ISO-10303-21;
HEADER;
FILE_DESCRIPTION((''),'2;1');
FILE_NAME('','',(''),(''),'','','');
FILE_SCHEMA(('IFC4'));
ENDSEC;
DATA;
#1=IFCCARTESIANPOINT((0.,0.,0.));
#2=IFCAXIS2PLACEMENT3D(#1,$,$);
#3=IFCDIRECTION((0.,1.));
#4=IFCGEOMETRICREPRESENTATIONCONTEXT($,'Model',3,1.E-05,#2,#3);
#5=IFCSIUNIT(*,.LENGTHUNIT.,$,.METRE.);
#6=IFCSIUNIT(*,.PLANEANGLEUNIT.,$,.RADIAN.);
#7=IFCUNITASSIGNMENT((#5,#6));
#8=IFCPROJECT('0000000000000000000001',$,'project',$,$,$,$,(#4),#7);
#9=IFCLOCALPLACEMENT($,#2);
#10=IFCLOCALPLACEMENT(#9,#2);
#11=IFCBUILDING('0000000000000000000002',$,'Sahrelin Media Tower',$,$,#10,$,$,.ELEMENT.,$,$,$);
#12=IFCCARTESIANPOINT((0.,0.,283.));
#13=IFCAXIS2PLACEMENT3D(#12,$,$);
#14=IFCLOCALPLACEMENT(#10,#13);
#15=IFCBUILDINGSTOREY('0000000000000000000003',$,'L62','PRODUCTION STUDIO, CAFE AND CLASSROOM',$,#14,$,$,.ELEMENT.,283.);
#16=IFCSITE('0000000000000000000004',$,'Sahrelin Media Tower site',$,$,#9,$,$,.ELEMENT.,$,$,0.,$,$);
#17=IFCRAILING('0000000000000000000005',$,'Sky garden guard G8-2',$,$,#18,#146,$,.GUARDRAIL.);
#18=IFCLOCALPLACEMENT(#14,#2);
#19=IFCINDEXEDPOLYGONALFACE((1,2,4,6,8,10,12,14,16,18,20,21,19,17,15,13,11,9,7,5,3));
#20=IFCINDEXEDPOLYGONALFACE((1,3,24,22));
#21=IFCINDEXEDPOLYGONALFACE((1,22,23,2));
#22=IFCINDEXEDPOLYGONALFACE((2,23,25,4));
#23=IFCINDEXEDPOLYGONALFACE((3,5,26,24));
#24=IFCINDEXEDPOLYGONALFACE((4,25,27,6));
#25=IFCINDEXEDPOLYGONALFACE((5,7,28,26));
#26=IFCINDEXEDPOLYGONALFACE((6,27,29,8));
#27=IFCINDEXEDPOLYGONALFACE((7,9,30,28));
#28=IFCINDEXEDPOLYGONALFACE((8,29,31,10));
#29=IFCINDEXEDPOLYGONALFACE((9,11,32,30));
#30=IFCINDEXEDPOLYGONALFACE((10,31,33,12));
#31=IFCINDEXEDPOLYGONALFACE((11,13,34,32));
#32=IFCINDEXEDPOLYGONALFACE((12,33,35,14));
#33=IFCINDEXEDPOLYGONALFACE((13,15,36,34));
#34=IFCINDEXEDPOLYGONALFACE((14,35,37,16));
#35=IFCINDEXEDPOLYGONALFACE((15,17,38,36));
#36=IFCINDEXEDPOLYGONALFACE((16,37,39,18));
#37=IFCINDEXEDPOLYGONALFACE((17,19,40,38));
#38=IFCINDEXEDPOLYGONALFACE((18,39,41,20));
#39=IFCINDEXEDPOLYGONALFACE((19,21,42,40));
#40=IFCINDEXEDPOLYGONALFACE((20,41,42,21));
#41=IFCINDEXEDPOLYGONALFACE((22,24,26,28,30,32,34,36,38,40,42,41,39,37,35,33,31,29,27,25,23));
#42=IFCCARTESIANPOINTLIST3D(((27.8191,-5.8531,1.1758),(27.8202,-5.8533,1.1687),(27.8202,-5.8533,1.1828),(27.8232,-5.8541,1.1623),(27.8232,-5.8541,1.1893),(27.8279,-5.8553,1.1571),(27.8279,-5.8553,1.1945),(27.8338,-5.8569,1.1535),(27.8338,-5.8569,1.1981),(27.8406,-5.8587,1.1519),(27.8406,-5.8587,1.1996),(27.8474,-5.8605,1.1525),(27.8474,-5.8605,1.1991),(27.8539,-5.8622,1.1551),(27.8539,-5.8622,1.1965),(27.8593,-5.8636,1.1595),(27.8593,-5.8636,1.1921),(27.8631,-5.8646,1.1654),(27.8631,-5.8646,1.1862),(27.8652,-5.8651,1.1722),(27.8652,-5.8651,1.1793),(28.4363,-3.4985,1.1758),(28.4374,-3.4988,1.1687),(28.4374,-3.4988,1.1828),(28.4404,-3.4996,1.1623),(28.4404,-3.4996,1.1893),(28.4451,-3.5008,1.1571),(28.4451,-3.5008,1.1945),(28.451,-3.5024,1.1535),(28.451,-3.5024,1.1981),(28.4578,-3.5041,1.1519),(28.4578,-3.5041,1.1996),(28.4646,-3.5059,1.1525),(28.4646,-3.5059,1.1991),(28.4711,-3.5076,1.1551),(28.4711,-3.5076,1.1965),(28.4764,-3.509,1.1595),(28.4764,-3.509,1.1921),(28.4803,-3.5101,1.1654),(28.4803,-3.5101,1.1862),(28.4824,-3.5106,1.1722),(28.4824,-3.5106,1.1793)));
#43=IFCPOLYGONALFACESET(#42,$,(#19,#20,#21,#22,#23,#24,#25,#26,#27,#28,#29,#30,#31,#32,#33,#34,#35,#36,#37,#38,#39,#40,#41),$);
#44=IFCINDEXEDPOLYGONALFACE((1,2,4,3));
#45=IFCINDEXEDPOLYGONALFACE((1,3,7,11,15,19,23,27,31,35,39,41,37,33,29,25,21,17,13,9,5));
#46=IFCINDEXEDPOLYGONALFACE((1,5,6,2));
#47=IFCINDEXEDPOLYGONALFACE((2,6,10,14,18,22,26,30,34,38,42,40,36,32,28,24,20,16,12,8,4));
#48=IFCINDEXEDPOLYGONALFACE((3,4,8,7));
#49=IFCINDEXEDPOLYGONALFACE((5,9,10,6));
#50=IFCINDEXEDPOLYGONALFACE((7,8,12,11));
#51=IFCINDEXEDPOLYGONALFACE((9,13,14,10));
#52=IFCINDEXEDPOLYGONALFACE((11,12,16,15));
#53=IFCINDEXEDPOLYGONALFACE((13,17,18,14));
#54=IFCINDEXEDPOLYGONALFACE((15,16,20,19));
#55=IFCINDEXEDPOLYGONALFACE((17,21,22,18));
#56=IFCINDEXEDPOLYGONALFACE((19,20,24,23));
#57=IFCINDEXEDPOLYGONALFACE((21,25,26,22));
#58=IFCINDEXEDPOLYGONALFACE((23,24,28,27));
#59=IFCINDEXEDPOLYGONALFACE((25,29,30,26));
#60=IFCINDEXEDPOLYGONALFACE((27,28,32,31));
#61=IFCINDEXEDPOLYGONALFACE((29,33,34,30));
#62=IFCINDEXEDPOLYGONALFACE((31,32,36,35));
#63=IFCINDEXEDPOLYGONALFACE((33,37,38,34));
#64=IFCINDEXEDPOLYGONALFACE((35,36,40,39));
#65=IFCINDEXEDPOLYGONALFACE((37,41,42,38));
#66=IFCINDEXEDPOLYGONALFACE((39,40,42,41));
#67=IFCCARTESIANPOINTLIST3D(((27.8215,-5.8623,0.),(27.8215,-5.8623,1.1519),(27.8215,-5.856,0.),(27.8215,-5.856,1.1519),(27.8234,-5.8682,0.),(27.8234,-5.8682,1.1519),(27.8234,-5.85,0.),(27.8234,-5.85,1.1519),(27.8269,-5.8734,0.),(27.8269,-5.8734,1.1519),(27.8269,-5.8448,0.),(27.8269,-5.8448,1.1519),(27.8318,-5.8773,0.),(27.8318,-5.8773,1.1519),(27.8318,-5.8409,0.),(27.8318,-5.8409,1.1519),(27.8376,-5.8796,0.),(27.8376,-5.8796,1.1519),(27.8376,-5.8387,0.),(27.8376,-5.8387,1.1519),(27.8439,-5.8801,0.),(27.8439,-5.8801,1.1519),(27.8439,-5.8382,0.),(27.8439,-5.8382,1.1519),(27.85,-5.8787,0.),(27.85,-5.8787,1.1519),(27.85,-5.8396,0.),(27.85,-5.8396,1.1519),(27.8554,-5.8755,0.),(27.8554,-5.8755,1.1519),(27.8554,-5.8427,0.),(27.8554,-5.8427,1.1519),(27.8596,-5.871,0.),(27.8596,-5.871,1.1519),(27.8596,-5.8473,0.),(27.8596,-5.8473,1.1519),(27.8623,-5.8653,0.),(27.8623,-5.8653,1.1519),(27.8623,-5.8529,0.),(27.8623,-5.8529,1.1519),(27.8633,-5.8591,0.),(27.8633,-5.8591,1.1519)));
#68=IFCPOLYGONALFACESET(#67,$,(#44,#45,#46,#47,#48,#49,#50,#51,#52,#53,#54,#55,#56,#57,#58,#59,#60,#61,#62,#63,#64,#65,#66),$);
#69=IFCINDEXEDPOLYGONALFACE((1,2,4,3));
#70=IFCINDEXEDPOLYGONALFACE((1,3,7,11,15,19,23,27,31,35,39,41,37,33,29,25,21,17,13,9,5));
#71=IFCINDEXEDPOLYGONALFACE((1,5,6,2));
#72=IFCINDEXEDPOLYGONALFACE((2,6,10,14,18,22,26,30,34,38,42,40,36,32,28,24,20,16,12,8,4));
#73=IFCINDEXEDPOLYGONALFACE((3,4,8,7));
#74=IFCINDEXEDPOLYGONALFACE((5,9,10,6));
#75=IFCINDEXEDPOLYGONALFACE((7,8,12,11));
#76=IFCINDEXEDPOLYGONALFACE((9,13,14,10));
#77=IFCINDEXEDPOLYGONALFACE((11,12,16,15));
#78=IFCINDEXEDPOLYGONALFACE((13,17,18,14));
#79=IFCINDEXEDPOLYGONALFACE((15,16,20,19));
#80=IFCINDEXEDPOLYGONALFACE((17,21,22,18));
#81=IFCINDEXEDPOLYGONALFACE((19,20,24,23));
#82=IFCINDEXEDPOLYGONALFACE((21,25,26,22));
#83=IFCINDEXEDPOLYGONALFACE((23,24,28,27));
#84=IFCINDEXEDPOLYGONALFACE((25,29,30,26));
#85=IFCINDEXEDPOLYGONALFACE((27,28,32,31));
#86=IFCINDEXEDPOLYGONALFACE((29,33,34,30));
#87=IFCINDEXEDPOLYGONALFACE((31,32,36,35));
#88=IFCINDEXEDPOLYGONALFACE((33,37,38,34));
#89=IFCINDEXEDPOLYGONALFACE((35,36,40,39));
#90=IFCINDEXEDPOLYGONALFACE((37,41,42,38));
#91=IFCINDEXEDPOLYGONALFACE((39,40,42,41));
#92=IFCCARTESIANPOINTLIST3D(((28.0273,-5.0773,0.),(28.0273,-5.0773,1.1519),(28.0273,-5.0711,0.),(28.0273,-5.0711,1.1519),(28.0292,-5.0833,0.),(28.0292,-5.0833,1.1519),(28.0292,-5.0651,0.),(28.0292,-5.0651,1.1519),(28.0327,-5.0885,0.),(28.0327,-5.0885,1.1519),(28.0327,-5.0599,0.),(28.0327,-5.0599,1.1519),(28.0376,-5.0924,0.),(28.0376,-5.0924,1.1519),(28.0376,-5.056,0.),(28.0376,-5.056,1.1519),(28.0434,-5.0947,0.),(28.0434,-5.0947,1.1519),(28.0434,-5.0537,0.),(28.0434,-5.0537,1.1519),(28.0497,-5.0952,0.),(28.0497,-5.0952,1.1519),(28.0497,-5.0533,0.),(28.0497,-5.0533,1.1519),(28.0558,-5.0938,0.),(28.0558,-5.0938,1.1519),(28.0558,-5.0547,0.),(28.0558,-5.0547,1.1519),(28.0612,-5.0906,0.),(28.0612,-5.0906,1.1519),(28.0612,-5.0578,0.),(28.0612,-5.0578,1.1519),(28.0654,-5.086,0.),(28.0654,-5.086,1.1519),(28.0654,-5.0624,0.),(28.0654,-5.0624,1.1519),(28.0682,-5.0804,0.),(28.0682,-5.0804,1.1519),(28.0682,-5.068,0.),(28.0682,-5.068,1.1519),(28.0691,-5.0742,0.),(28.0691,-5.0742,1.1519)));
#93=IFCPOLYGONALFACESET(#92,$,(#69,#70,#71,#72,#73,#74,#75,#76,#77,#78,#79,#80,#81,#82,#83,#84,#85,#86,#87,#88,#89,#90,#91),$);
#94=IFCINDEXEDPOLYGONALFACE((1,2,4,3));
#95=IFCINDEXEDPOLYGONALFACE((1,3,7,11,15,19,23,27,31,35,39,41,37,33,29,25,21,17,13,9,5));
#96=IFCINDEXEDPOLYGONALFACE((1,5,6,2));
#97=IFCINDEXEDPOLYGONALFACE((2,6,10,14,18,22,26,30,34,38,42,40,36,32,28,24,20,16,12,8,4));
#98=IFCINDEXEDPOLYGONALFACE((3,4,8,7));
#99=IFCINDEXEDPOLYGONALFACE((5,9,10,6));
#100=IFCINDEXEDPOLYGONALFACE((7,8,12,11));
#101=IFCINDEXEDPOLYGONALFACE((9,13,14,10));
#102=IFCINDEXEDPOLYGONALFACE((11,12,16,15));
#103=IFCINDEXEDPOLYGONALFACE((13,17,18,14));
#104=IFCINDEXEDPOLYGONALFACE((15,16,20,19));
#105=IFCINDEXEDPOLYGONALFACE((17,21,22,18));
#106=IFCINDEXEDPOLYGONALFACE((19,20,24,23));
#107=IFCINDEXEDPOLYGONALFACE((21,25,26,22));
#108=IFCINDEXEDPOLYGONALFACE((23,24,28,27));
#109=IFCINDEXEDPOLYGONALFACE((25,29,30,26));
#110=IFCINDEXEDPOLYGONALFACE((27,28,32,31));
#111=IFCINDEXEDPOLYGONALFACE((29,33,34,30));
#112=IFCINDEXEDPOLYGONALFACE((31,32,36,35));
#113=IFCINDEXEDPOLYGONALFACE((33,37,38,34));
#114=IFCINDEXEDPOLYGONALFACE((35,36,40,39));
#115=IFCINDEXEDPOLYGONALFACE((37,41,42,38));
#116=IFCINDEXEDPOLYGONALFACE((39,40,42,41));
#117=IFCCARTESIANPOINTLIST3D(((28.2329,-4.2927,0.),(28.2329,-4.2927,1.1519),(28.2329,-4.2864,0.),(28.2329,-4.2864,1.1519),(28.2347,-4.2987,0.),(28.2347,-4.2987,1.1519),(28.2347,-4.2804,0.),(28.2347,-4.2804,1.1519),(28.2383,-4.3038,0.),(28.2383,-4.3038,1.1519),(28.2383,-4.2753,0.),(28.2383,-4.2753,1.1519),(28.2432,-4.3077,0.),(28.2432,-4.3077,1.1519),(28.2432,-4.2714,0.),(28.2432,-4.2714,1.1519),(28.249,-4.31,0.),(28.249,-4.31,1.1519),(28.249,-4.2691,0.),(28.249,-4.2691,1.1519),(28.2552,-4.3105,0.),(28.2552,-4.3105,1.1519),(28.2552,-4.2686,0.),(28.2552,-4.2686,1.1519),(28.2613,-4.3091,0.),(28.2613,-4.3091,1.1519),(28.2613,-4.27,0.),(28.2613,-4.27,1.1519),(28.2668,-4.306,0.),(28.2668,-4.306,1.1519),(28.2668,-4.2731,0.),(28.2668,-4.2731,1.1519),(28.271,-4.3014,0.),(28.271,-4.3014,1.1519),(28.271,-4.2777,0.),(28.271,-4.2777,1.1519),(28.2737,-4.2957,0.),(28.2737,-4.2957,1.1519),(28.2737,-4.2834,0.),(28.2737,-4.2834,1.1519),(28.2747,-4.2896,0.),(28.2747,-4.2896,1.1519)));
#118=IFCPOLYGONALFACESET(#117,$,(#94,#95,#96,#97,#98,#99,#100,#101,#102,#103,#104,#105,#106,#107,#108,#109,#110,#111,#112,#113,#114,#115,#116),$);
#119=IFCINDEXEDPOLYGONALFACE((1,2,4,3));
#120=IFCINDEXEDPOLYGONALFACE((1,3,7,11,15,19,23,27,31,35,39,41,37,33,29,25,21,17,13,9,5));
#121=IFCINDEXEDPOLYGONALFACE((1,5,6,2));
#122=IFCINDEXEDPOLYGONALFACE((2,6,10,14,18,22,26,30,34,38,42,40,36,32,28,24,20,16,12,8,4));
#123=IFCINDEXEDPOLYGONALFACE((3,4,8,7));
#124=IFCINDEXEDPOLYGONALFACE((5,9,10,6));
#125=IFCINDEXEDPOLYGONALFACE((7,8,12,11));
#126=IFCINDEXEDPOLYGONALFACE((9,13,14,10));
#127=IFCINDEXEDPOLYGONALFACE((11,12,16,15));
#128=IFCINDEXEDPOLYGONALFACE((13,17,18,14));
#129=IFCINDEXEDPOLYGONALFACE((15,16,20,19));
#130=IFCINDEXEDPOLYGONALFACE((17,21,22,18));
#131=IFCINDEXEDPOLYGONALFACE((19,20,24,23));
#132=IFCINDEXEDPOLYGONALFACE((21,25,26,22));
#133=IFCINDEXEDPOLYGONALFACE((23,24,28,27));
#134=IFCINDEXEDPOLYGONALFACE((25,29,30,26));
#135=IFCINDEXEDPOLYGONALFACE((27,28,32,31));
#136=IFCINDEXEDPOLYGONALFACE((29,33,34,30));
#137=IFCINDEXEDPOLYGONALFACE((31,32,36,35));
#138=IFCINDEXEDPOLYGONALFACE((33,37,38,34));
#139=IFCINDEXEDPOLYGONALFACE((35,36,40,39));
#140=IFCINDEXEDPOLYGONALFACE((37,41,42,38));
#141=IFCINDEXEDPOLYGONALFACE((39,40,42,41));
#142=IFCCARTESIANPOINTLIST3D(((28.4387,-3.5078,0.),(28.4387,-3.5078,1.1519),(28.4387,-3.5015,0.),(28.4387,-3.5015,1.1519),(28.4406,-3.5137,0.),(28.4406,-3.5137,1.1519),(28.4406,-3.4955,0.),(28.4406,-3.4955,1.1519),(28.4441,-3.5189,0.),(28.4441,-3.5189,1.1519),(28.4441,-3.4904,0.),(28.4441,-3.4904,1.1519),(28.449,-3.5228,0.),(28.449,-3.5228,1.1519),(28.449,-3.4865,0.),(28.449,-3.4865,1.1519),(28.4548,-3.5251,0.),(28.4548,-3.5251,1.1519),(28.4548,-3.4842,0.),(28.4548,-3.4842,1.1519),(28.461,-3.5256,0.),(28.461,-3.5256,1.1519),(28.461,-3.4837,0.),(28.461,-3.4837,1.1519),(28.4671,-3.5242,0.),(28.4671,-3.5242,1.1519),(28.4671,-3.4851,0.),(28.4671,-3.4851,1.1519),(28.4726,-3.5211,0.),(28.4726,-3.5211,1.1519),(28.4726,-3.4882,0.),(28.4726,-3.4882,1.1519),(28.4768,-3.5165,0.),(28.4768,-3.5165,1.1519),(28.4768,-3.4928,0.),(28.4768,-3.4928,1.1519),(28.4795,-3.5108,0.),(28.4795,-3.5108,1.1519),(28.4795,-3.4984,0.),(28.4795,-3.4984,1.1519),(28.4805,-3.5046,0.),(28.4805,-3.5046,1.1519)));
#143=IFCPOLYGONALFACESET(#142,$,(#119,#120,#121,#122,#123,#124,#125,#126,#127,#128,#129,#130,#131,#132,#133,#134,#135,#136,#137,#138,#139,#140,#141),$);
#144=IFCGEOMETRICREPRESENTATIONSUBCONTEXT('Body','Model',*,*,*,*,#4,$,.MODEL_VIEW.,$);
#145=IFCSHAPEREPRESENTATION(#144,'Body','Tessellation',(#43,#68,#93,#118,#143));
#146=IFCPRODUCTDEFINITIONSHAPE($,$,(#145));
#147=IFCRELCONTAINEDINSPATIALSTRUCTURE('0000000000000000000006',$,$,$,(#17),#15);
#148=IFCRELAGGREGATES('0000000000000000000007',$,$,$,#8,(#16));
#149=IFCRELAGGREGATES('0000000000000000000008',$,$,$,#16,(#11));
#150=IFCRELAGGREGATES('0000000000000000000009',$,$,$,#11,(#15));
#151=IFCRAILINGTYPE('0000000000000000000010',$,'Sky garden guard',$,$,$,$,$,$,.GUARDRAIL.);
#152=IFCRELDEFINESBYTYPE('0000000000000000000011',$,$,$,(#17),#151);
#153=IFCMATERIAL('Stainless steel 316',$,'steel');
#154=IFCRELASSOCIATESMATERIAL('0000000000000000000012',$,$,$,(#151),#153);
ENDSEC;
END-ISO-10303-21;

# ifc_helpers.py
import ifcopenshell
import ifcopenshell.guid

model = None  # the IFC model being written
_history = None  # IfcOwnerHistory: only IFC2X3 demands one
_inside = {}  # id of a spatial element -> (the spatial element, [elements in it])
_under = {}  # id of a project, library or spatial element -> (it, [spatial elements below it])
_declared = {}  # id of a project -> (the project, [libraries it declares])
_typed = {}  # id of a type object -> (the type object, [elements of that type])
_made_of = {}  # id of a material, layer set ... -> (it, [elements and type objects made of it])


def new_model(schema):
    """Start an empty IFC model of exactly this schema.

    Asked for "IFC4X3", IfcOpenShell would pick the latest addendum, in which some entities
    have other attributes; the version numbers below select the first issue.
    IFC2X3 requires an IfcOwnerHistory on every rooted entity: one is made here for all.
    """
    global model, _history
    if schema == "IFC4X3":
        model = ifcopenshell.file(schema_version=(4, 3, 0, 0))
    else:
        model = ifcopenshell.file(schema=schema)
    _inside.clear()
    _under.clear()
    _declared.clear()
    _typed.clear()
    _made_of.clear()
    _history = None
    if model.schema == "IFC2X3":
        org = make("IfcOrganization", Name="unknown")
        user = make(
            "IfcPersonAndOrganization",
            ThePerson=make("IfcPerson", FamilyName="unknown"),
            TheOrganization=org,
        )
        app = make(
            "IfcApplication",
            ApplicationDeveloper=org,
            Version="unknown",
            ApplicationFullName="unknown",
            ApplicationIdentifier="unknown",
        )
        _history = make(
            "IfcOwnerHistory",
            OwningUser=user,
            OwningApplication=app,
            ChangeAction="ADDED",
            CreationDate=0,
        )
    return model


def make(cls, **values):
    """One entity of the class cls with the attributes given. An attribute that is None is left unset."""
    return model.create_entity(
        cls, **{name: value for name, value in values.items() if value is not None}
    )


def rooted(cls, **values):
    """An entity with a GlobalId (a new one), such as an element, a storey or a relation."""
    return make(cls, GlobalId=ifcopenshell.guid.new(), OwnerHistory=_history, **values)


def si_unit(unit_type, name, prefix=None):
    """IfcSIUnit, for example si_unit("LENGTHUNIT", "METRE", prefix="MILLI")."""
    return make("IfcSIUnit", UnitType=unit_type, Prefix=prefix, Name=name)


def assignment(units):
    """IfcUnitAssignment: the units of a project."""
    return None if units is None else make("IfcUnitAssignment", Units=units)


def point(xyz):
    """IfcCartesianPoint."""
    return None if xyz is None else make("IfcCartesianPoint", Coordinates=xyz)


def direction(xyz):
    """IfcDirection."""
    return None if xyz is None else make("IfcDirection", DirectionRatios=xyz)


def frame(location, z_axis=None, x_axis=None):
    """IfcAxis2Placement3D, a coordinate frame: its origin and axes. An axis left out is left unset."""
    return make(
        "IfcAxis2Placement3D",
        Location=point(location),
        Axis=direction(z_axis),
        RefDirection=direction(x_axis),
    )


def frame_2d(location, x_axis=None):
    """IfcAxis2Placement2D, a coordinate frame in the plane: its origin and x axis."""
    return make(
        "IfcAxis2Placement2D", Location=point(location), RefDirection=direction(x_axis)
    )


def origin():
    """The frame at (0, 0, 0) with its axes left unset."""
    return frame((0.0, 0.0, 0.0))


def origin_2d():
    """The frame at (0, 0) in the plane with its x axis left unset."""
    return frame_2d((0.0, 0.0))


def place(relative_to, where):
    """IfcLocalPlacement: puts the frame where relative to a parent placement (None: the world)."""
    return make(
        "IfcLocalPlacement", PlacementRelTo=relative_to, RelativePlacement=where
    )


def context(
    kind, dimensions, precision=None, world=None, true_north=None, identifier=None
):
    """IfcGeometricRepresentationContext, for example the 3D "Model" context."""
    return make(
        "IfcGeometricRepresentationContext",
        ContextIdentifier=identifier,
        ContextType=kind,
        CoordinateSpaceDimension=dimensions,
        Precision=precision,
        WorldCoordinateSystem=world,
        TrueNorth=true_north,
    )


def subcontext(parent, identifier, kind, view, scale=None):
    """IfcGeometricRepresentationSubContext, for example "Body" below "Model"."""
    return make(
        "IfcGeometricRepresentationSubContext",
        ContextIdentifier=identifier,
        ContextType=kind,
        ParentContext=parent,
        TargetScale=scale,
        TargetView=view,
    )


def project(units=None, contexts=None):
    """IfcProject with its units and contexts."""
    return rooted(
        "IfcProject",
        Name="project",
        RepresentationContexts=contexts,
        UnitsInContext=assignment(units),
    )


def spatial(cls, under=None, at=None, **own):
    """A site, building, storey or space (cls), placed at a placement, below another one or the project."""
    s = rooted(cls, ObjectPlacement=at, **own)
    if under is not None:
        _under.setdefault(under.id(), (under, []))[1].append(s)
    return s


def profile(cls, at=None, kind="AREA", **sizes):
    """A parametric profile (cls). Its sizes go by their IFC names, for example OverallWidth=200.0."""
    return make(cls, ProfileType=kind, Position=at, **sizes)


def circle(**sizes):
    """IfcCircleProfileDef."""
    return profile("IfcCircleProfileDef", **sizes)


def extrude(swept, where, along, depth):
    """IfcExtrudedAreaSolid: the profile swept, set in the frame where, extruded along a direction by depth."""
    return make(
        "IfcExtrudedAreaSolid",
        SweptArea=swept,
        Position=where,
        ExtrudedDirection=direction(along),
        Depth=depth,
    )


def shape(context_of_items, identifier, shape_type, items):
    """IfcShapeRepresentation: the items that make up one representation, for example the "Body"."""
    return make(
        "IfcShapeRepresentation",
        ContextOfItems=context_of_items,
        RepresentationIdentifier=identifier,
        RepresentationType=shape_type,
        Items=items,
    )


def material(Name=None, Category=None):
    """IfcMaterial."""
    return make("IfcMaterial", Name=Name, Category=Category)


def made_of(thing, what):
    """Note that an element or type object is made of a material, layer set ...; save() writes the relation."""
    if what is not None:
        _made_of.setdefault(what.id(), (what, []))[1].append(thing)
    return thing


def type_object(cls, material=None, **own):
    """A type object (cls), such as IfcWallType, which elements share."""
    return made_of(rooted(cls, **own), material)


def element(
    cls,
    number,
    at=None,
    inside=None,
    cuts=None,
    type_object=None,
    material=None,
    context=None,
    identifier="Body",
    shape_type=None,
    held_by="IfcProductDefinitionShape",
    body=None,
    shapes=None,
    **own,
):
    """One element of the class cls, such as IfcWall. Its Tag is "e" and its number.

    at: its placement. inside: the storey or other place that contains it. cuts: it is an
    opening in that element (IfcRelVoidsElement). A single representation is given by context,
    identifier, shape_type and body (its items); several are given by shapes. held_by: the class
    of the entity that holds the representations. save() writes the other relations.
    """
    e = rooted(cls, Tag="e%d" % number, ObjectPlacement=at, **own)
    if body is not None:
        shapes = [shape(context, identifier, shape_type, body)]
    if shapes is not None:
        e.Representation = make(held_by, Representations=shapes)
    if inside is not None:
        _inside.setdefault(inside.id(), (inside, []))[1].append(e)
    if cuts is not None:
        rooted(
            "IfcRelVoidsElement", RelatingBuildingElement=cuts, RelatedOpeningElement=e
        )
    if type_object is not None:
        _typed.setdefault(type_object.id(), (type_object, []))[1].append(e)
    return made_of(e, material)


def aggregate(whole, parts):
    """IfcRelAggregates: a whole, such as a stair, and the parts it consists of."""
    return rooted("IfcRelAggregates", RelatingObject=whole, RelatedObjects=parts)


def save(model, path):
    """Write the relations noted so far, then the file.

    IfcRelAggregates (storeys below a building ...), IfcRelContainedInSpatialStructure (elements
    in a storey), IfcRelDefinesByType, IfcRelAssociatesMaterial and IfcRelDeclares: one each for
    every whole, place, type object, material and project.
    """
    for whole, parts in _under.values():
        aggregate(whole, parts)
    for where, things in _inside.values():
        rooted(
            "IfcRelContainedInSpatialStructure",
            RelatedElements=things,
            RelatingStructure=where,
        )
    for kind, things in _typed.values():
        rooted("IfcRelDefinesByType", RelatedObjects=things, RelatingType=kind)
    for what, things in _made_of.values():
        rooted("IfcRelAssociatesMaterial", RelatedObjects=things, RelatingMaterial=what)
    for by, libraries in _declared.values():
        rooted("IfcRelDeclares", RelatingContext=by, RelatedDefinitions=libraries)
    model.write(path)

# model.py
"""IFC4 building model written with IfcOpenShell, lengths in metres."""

from ifc_helpers import new_model, si_unit, direction, frame, origin, origin_2d, place, context, subcontext, project, spatial, circle, extrude, material, type_object, element, save


model = new_model("IFC4")

# Units and contexts
model_context = context("Model", 3, precision=1e-05, world=origin(), true_north=direction((0.0, 1.0)))
body_context = subcontext(model_context, "Body", "Model", "MODEL_VIEW")
ifc_project = project(units=[si_unit("LENGTHUNIT", "METRE"), si_unit("PLANEANGLEUNIT", "RADIAN")], contexts=[model_context])

# Site, building, storey
site_placement = place(None, origin())
site = spatial("IfcSite", under=ifc_project, at=site_placement, Name="Sahrelin Media Tower site", CompositionType="ELEMENT", RefElevation=0.0)
building_placement = place(site_placement, origin())
building = spatial("IfcBuilding", under=site, at=building_placement, Name="Sahrelin Media Tower", CompositionType="ELEMENT")
storey_placement = place(building_placement, frame((0.0, 0.0, 283.0)))
storey = spatial("IfcBuildingStorey", under=building, at=storey_placement, Name="L62", Description="PRODUCTION STUDIO, CAFE AND CLASSROOM", CompositionType="ELEMENT", Elevation=283.0)

# Railing
ifc_material_1 = material(Name="Stainless steel 316", Category="steel")
railing_type = type_object("IfcRailingType", Name="Sky garden guard", PredefinedType="GUARDRAIL", material=ifc_material_1)
railing_1_placement = place(storey_placement, frame((27.8423, -5.8591, 0.0)))
element("IfcRailing", 1, at=railing_1_placement, inside=storey, type_object=railing_type, Name="Sky garden guard G8-2", PredefinedType="GUARDRAIL", context=body_context, shape_type="SweptSolid", body=[
    extrude(circle(Radius=0.0239, at=origin_2d()), frame((0.0, 0.0, 1.1758), z_axis=(0.253565, 0.967318, 0.0), x_axis=(-0.967318, 0.253565, 0.0)), (0.0, 0.0, 1.0), 2.4341),
    extrude(circle(Radius=0.021, at=origin_2d()), origin(), (0.0, 0.0, 1.0), 1.1519),
    extrude(circle(Radius=0.021, at=origin_2d()), frame((0.2058, 0.7849, 0.0)), (0.0, 0.0, 1.0), 1.1519),
    extrude(circle(Radius=0.021, at=origin_2d()), frame((0.4114, 1.5696, 0.0)), (0.0, 0.0, 1.0), 1.1519),
    extrude(circle(Radius=0.021, at=origin_2d()), frame((0.6172, 2.3545, 0.0)), (0.0, 0.0, 1.0), 1.1519),
])

save(model, "model.ifc")
